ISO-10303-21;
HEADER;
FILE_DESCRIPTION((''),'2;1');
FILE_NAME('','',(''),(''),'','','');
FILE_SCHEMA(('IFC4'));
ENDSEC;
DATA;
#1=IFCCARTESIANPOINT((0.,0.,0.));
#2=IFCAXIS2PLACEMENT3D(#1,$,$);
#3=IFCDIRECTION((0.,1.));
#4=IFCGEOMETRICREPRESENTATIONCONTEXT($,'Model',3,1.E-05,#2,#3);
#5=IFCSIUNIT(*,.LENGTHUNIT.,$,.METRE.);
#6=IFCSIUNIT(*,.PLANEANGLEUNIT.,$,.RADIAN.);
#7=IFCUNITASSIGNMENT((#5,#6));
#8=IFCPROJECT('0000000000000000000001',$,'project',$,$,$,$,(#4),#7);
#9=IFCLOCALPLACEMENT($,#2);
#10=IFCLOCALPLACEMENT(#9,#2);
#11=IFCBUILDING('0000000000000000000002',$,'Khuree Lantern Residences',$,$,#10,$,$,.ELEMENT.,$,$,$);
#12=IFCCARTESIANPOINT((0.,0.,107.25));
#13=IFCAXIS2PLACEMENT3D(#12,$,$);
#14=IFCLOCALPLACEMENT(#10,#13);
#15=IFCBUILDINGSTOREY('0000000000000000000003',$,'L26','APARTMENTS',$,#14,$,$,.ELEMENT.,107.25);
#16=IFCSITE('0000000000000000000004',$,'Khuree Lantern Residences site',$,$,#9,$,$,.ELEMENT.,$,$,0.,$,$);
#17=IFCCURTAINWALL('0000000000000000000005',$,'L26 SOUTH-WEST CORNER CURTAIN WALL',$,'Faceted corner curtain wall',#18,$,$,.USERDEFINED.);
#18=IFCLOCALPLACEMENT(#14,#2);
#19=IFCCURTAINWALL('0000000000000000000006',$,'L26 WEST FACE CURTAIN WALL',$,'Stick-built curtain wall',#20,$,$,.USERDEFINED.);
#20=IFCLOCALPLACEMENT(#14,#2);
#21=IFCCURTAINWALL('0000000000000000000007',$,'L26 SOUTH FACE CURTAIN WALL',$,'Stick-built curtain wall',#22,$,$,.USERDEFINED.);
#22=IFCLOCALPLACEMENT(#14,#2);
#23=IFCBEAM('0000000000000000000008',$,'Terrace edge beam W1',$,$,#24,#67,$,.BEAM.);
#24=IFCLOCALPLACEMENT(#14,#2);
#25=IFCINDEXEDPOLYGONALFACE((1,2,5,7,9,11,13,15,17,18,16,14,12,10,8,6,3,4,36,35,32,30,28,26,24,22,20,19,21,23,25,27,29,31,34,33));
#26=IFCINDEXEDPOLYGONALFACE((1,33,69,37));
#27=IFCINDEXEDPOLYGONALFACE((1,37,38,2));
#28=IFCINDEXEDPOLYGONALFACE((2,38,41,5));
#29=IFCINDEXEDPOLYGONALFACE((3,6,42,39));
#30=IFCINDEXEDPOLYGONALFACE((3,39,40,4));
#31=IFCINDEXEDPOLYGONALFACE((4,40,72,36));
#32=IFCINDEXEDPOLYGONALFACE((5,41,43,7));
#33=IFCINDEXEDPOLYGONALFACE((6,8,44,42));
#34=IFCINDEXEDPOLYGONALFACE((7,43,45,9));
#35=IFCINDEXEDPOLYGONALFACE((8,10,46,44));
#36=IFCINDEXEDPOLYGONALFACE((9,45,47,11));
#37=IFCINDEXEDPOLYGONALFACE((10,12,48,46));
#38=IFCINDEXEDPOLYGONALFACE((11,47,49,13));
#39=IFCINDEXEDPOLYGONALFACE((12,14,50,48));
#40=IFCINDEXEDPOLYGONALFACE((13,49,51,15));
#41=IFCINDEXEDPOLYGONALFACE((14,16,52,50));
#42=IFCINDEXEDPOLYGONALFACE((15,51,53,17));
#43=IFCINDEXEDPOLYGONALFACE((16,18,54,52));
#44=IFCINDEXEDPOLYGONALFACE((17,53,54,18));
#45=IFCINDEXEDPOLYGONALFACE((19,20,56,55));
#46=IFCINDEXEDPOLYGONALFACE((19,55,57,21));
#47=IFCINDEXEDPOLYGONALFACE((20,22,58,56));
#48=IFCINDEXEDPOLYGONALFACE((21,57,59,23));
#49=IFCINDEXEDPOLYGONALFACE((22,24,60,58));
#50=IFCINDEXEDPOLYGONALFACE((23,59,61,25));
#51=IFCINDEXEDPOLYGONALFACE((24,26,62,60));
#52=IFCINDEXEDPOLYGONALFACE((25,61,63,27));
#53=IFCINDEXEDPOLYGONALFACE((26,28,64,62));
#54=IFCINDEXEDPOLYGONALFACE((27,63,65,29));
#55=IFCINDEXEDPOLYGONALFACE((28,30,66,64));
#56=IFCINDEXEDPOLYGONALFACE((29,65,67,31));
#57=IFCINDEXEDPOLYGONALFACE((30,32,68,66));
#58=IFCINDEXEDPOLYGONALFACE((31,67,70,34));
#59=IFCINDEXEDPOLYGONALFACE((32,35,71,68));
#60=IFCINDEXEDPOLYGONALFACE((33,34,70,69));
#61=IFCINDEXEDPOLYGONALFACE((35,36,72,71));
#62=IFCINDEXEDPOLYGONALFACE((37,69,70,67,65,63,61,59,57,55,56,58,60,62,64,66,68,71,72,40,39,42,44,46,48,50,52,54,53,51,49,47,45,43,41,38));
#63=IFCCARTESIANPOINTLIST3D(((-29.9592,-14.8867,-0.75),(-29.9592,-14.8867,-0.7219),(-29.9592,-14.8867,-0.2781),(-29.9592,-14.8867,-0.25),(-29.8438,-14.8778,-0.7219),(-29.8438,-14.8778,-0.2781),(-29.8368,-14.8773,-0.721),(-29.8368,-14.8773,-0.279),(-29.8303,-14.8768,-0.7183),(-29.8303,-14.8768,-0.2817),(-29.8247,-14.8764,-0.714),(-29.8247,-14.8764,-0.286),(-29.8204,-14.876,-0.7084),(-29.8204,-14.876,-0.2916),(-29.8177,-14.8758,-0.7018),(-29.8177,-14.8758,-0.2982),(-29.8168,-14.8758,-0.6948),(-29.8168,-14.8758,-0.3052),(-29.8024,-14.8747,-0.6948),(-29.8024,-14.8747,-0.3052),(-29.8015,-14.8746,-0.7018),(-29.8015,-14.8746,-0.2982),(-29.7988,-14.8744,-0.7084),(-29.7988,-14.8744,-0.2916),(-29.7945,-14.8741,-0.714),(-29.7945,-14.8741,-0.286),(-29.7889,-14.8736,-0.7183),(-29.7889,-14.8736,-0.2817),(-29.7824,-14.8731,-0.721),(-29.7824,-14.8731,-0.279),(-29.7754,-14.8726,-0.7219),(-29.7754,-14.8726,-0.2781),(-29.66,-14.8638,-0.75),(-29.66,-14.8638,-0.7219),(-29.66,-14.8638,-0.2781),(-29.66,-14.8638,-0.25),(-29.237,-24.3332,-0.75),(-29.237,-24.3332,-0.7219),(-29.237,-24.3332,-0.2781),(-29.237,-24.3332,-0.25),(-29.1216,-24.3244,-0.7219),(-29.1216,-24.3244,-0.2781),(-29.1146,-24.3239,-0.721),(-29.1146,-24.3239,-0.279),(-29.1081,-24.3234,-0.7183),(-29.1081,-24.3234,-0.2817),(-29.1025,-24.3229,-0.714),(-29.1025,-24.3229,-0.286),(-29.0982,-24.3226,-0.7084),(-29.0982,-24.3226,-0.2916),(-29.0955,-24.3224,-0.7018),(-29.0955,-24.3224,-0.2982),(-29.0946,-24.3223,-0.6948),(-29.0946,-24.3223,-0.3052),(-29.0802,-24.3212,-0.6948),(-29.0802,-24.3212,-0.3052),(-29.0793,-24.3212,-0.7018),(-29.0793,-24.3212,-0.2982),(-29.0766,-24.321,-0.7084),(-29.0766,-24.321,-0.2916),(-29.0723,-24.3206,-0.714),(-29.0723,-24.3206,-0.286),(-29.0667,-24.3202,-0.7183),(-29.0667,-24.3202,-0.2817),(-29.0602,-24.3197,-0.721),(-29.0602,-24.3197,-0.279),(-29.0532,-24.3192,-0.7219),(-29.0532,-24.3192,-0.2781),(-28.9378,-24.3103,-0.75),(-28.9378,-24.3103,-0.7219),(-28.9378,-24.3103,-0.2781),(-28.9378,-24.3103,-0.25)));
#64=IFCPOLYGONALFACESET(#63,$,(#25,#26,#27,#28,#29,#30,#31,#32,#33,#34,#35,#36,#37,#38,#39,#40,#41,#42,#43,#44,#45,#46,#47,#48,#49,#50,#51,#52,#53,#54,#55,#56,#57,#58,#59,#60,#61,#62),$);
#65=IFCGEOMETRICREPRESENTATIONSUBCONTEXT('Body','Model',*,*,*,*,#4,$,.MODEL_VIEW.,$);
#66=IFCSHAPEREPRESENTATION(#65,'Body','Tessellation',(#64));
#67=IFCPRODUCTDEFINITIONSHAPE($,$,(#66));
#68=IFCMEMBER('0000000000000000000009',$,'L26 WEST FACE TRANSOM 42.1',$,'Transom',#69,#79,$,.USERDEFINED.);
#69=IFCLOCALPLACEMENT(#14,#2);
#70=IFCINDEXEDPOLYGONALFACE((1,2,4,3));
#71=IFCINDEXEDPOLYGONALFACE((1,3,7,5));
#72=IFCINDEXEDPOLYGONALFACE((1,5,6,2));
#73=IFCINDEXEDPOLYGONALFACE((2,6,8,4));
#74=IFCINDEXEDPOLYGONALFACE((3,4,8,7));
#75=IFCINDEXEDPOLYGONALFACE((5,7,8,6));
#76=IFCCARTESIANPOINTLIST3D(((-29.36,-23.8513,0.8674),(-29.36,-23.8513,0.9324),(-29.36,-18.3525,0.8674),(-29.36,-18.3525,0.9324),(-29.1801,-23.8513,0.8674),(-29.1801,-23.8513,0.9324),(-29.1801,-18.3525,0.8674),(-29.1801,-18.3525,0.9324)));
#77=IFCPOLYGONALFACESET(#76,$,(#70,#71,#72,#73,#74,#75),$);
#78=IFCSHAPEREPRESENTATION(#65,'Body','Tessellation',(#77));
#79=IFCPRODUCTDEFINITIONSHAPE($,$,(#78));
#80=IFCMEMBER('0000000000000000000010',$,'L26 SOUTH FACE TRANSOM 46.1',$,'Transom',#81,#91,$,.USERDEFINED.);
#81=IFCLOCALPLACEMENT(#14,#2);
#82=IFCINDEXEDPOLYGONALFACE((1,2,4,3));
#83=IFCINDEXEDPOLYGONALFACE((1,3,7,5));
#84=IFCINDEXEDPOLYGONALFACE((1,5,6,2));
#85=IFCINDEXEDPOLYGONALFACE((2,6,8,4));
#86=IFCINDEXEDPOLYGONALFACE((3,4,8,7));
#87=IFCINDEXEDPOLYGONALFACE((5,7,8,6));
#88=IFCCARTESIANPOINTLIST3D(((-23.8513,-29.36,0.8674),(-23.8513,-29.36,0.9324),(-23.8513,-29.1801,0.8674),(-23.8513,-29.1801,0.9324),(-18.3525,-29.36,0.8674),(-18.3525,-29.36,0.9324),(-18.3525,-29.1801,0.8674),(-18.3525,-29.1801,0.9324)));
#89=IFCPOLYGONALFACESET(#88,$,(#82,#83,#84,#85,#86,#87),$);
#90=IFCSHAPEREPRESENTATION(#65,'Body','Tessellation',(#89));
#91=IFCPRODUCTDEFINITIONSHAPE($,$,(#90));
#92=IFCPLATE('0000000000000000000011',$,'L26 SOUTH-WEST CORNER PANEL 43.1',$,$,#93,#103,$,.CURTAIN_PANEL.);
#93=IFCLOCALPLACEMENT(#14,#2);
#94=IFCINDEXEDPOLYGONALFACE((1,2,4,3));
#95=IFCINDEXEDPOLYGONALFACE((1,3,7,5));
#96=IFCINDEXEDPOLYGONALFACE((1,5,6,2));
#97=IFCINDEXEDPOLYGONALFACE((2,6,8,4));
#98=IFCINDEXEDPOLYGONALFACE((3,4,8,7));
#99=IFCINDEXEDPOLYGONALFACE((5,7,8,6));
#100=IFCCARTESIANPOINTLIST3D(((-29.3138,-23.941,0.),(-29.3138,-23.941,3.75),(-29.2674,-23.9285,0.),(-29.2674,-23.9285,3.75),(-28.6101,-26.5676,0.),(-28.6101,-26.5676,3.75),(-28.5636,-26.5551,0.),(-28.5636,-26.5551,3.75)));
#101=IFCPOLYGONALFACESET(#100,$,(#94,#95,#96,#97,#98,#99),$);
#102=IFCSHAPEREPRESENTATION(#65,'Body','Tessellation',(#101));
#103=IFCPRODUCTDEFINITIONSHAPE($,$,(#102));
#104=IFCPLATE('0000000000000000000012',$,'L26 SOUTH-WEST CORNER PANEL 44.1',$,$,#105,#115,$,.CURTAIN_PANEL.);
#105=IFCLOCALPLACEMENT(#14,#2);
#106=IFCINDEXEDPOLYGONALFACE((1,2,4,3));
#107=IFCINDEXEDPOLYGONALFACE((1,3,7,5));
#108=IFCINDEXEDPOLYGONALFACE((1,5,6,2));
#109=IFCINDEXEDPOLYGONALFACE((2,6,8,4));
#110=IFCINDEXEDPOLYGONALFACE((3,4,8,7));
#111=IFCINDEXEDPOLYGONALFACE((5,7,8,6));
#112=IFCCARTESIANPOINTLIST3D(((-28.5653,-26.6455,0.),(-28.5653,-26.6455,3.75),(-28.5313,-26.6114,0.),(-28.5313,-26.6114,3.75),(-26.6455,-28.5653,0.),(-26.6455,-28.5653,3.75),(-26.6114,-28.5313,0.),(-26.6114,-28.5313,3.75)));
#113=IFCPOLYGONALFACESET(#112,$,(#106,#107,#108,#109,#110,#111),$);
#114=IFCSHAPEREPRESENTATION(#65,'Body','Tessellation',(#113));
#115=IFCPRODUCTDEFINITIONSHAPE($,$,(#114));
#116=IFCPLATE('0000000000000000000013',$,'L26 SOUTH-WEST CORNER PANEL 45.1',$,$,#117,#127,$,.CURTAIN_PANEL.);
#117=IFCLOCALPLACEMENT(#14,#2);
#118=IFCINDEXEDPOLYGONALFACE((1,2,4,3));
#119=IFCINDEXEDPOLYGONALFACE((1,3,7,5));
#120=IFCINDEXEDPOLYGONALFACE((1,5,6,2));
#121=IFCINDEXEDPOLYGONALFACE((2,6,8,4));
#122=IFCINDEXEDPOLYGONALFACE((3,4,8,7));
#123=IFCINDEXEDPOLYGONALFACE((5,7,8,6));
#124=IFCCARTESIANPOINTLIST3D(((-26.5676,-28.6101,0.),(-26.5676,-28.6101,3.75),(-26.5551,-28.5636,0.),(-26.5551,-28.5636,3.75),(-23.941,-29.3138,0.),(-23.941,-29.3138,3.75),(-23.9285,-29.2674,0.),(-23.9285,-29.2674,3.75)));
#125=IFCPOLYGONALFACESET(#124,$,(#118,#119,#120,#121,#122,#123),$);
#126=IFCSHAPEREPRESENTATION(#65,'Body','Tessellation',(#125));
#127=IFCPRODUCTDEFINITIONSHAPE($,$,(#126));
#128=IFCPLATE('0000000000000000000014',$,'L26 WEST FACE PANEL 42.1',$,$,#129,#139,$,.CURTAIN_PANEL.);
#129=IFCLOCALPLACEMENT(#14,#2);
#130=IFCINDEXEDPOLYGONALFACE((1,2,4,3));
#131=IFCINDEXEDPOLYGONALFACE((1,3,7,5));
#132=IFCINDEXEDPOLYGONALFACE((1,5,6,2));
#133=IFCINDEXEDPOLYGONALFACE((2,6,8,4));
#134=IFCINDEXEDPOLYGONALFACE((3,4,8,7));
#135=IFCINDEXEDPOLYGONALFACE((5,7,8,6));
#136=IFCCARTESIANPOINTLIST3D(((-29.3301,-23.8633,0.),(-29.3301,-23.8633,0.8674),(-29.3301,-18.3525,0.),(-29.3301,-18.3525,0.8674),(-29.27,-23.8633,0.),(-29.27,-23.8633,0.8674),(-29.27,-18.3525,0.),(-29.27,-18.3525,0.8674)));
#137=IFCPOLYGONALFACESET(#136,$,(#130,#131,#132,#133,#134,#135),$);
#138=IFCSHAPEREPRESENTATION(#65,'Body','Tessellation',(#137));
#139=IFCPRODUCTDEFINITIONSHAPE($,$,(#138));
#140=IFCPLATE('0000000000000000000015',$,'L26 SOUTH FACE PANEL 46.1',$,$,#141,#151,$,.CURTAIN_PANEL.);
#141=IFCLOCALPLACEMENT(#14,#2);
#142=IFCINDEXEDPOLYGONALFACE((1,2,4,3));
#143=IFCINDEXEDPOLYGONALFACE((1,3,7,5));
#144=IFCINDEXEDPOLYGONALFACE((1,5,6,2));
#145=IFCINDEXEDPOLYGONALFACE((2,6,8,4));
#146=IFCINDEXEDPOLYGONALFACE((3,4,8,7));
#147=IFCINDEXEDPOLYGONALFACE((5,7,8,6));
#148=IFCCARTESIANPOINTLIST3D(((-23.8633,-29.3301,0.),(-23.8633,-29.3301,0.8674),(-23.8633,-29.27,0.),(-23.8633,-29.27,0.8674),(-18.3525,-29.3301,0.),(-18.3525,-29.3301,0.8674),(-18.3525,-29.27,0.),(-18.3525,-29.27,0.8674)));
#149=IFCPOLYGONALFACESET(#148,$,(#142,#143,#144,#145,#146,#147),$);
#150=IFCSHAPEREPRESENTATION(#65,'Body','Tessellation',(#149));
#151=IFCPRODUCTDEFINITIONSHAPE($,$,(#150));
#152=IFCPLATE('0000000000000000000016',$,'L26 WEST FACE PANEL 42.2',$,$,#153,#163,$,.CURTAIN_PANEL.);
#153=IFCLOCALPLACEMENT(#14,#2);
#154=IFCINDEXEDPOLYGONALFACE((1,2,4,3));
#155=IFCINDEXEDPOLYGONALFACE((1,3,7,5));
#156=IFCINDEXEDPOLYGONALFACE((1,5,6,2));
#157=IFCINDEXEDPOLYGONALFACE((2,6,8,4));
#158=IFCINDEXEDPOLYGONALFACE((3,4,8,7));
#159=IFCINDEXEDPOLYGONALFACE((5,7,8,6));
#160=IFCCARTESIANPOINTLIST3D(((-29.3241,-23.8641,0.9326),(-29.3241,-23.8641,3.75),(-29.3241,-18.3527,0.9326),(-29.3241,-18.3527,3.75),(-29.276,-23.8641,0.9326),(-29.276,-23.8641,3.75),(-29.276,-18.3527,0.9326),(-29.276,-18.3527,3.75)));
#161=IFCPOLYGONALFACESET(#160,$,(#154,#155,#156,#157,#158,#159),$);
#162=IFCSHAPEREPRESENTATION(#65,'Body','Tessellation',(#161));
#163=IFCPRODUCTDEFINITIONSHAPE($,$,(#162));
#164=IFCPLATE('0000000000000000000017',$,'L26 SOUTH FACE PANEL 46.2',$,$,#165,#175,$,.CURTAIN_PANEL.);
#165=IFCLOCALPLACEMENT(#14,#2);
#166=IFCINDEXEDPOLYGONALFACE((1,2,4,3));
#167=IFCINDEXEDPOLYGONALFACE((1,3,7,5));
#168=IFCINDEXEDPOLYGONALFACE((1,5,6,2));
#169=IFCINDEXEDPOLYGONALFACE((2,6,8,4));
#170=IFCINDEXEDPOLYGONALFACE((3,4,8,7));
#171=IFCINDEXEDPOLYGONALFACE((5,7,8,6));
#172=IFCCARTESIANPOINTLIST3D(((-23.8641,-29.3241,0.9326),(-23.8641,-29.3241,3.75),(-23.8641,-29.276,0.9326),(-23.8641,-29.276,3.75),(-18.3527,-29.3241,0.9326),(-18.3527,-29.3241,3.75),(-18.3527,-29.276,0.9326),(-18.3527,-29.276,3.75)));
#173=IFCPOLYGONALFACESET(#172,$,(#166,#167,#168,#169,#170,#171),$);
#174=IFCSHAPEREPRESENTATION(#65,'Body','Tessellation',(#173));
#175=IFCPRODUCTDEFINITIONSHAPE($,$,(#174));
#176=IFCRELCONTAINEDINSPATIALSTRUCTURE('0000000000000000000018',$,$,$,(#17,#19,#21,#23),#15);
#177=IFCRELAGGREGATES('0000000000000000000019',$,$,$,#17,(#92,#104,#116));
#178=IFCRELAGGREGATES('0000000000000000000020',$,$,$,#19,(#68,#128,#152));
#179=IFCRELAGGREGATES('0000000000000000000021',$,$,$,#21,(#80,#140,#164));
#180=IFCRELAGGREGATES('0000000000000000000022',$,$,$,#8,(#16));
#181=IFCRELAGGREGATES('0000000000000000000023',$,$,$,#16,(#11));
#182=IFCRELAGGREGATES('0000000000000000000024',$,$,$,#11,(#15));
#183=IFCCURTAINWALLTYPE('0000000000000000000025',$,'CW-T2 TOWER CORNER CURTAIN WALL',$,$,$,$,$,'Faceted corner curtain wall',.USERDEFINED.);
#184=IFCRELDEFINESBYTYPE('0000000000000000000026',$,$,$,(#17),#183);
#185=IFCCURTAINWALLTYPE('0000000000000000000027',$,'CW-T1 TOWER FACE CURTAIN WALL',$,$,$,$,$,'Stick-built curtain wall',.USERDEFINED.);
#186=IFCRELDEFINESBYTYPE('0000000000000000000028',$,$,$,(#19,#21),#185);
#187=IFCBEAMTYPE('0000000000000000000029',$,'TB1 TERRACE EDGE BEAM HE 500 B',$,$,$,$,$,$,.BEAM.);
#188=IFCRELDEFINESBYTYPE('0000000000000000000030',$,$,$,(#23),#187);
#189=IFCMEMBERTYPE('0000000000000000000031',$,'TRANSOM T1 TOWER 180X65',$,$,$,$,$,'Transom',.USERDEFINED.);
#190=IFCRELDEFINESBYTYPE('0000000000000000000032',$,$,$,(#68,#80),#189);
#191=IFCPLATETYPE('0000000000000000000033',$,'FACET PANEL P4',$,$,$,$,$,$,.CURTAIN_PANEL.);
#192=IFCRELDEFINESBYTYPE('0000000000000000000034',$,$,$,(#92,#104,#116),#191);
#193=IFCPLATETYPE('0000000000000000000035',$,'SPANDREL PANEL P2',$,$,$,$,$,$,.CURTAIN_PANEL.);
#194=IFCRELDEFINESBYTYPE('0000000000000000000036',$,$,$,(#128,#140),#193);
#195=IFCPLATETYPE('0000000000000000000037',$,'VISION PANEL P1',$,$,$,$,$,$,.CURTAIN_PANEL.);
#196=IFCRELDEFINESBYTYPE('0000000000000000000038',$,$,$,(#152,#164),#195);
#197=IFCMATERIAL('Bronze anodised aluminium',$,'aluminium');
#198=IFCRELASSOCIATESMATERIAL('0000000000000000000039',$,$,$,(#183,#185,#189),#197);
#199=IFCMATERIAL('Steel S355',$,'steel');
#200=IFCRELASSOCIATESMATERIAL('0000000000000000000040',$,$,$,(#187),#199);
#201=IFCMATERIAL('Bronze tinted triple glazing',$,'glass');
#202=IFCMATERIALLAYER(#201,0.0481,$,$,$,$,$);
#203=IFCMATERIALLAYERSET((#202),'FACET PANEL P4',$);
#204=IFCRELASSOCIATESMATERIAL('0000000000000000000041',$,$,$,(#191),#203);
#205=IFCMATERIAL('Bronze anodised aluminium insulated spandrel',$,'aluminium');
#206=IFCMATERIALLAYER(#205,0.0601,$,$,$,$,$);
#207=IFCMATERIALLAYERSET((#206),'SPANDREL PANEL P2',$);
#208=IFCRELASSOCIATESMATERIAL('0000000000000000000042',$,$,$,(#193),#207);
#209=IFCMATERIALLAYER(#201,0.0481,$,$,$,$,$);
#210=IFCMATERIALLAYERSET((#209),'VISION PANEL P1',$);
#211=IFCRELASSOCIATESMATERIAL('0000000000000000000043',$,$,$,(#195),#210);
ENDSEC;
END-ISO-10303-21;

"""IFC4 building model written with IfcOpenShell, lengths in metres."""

from ifc_helpers import new_model, si_unit, direction, frame, origin, origin_2d, place, context, subcontext, project, spatial, rectangle, i_section, extrude, material, layer, layer_set, material_profile, profile_set, type_object, element, aggregate, save


model = new_model("IFC4")

# Units and contexts
model_context = context("Model", 3, precision=1e-05, world=origin(), true_north=direction((0.0, 1.0)))
body_context = subcontext(model_context, "Body", "Model", "MODEL_VIEW")
ifc_project = project(units=[si_unit("LENGTHUNIT", "METRE"), si_unit("PLANEANGLEUNIT", "RADIAN")], contexts=[model_context])

# Site, building, storey
site_placement = place(None, origin())
site = spatial("IfcSite", under=ifc_project, at=site_placement, Name="Khuree Lantern Residences site", CompositionType="ELEMENT", RefElevation=0.0)
building_placement = place(site_placement, origin())
building = spatial("IfcBuilding", under=site, at=building_placement, Name="Khuree Lantern Residences", CompositionType="ELEMENT")
storey_placement = place(building_placement, frame((0.0, 0.0, 107.25)))
storey = spatial("IfcBuildingStorey", under=building, at=storey_placement, Name="L26", Description="APARTMENTS", CompositionType="ELEMENT", Elevation=107.25)

# Shared definitions
ifc_material_1 = material(Name="Steel S355", Category="steel")

# Curtain wall
ifc_material_2 = material(Name="Bronze anodised aluminium", Category="aluminium")
curtain_wall_type_1 = type_object("IfcCurtainWallType", Name="CW-T2 TOWER CORNER CURTAIN WALL", ElementType="Faceted corner curtain wall", PredefinedType="USERDEFINED", material=ifc_material_2)
curtain_wall_1_placement = place(storey_placement, origin())
curtain_wall_1 = element("IfcCurtainWall", 1, at=curtain_wall_1_placement, inside=storey, type_object=curtain_wall_type_1, Name="L26 SOUTH-WEST CORNER CURTAIN WALL", ObjectType="Faceted corner curtain wall", PredefinedType="USERDEFINED")

# Curtain wall
curtain_wall_type_2 = type_object("IfcCurtainWallType", Name="CW-T1 TOWER FACE CURTAIN WALL", ElementType="Stick-built curtain wall", PredefinedType="USERDEFINED", material=ifc_material_2)
curtain_wall_2_placement = place(storey_placement, origin())
curtain_wall_2 = element("IfcCurtainWall", 2, at=curtain_wall_2_placement, inside=storey, type_object=curtain_wall_type_2, Name="L26 WEST FACE CURTAIN WALL", ObjectType="Stick-built curtain wall", PredefinedType="USERDEFINED")

# Curtain wall
curtain_wall_3_placement = place(storey_placement, origin())
curtain_wall_3 = element("IfcCurtainWall", 3, at=curtain_wall_3_placement, inside=storey, type_object=curtain_wall_type_2, Name="L26 SOUTH FACE CURTAIN WALL", ObjectType="Stick-built curtain wall", PredefinedType="USERDEFINED")

# Beam
ifc_material_profile_1 = material_profile(ifc_material_1, i_section(OverallWidth=0.3, OverallDepth=0.5, WebThickness=0.0144, FlangeThickness=0.0281, FilletRadius=0.0271, at=origin_2d()), Name="HE 500 B")
ifc_profile_set_1 = profile_set([ifc_material_profile_1], Name="Steel S355")
beam_type_1 = type_object("IfcBeamType", Name="TB1 TERRACE EDGE BEAM HE 500 B", PredefinedType="BEAM", material=ifc_profile_set_1)
beam_1_placement = place(storey_placement, frame((-29.0874, -24.3218, -0.5), z_axis=(-0.076226, 0.997091, 0.0), x_axis=(-0.997091, -0.076226, 0.0)))
element("IfcBeam", 4, at=beam_1_placement, inside=storey, type_object=beam_type_1, Name="Terrace edge beam W1", PredefinedType="BEAM", context=body_context, shape_type="SweptSolid", body=[
    extrude(i_section(OverallWidth=0.3, OverallDepth=0.5, WebThickness=0.0144, FlangeThickness=0.0281, FilletRadius=0.0271, at=origin_2d()), origin(), (0.0, 0.0, 1.0), 9.4741),
])

# Members
ifc_material_profile_2 = material_profile(ifc_material_2, rectangle(XDim=0.1799, YDim=0.0649, at=origin_2d()), Name="T1 180X65")
ifc_profile_set_2 = profile_set([ifc_material_profile_2], Name="Bronze anodised aluminium")
member_type_1 = type_object("IfcMemberType", Name="TRANSOM T1 TOWER 180X65", ElementType="Transom", PredefinedType="USERDEFINED", material=ifc_profile_set_2)
member_1_placement = place(storey_placement, frame((-29.27, -18.3525, 0.8999), z_axis=(0.0, -1.0, 0.0), x_axis=(1.0, 0.0, 0.0)))
member_1 = element("IfcMember", 5, at=member_1_placement, type_object=member_type_1, Name="L26 WEST FACE TRANSOM 42.1", ObjectType="Transom", PredefinedType="USERDEFINED", context=body_context, shape_type="SweptSolid", body=[
    extrude(rectangle(XDim=0.1799, YDim=0.0649, at=origin_2d()), origin(), (0.0, 0.0, 1.0), 5.4988),
])
member_2_placement = place(storey_placement, frame((-23.8513, -29.27, 0.8999), z_axis=(1.0, 0.0, 0.0), x_axis=(0.0, 1.0, 0.0)))
member_2 = element("IfcMember", 6, at=member_2_placement, type_object=member_type_1, Name="L26 SOUTH FACE TRANSOM 46.1", ObjectType="Transom", PredefinedType="USERDEFINED", context=body_context, shape_type="SweptSolid", body=[
    extrude(rectangle(XDim=0.1799, YDim=0.0649, at=origin_2d()), origin(), (0.0, 0.0, 1.0), 5.4988),
])

# Plates
ifc_material_3 = material(Name="Bronze tinted triple glazing", Category="glass")
ifc_layer_1 = layer(ifc_material_3, 0.0481)
ifc_layer_set_1 = layer_set([ifc_layer_1], Name="FACET PANEL P4")
plate_type_1 = type_object("IfcPlateType", Name="FACET PANEL P4", PredefinedType="CURTAIN_PANEL", material=ifc_layer_set_1)
plate_1_placement = place(storey_placement, frame((-28.9387, -25.248, 0.0), z_axis=(0.0, 0.0, 1.0), x_axis=(0.258819, -0.965926, 0.0)))
plate_1 = element("IfcPlate", 7, at=plate_1_placement, type_object=plate_type_1, Name="L26 SOUTH-WEST CORNER PANEL 43.1", PredefinedType="CURTAIN_PANEL", context=body_context, shape_type="SweptSolid", body=[
    extrude(rectangle(XDim=2.7192, YDim=0.0481, at=origin_2d()), origin(), (0.0, 0.0, 1.0), 3.75),
])
plate_2_placement = place(storey_placement, frame((-27.5884, -27.5884, 0.0), z_axis=(0.0, 0.0, 1.0), x_axis=(0.707107, -0.707107, 0.0)))
plate_2 = element("IfcPlate", 8, at=plate_2_placement, type_object=plate_type_1, Name="L26 SOUTH-WEST CORNER PANEL 44.1", PredefinedType="CURTAIN_PANEL", context=body_context, shape_type="SweptSolid", body=[
    extrude(rectangle(XDim=2.7151, YDim=0.0481, at=origin_2d()), origin(), (0.0, 0.0, 1.0), 3.75),
])
plate_3_placement = place(storey_placement, frame((-25.248, -28.9387, 0.0), z_axis=(0.0, 0.0, 1.0), x_axis=(0.965926, -0.258819, 0.0)))
plate_3 = element("IfcPlate", 9, at=plate_3_placement, type_object=plate_type_1, Name="L26 SOUTH-WEST CORNER PANEL 45.1", PredefinedType="CURTAIN_PANEL", context=body_context, shape_type="SweptSolid", body=[
    extrude(rectangle(XDim=2.7192, YDim=0.0481, at=origin_2d()), origin(), (0.0, 0.0, 1.0), 3.75),
])
aggregate(curtain_wall_1, [plate_1, plate_2, plate_3])
ifc_material_4 = material(Name="Bronze anodised aluminium insulated spandrel", Category="aluminium")
ifc_layer_2 = layer(ifc_material_4, 0.0601)
ifc_layer_set_2 = layer_set([ifc_layer_2], Name="SPANDREL PANEL P2")
plate_type_2 = type_object("IfcPlateType", Name="SPANDREL PANEL P2", PredefinedType="CURTAIN_PANEL", material=ifc_layer_set_2)
plate_4_placement = place(storey_placement, frame((-29.3, -21.1079, 0.0), z_axis=(0.0, 0.0, 1.0), x_axis=(0.0, -1.0, 0.0)))
plate_4 = element("IfcPlate", 10, at=plate_4_placement, type_object=plate_type_2, Name="L26 WEST FACE PANEL 42.1", PredefinedType="CURTAIN_PANEL", context=body_context, shape_type="SweptSolid", body=[
    extrude(rectangle(XDim=5.5107, YDim=0.0601, at=origin_2d()), origin(), (0.0, 0.0, 1.0), 0.8674),
])
plate_5_placement = place(storey_placement, frame((-21.1079, -29.3, 0.0), z_axis=(0.0, 0.0, 1.0), x_axis=(1.0, 0.0, 0.0)))
plate_5 = element("IfcPlate", 11, at=plate_5_placement, type_object=plate_type_2, Name="L26 SOUTH FACE PANEL 46.1", PredefinedType="CURTAIN_PANEL", context=body_context, shape_type="SweptSolid", body=[
    extrude(rectangle(XDim=5.5107, YDim=0.0601, at=origin_2d()), origin(), (0.0, 0.0, 1.0), 0.8674),
])
ifc_layer_3 = layer(ifc_material_3, 0.0481)
ifc_layer_set_3 = layer_set([ifc_layer_3], Name="VISION PANEL P1")
plate_type_3 = type_object("IfcPlateType", Name="VISION PANEL P1", PredefinedType="CURTAIN_PANEL", material=ifc_layer_set_3)
plate_6_placement = place(storey_placement, frame((-29.3, -21.1084, 0.9326), z_axis=(0.0, 0.0, 1.0), x_axis=(0.0, -1.0, 0.0)))
plate_6 = element("IfcPlate", 12, at=plate_6_placement, type_object=plate_type_3, Name="L26 WEST FACE PANEL 42.2", PredefinedType="CURTAIN_PANEL", context=body_context, shape_type="SweptSolid", body=[
    extrude(rectangle(XDim=5.5115, YDim=0.0481, at=origin_2d()), origin(), (0.0, 0.0, 1.0), 2.8174),
])
aggregate(curtain_wall_2, [member_1, plate_4, plate_6])
plate_7_placement = place(storey_placement, frame((-21.1084, -29.3, 0.9326), z_axis=(0.0, 0.0, 1.0), x_axis=(1.0, 0.0, 0.0)))
plate_7 = element("IfcPlate", 13, at=plate_7_placement, type_object=plate_type_3, Name="L26 SOUTH FACE PANEL 46.2", PredefinedType="CURTAIN_PANEL", context=body_context, shape_type="SweptSolid", body=[
    extrude(rectangle(XDim=5.5115, YDim=0.0481, at=origin_2d()), origin(), (0.0, 0.0, 1.0), 2.8174),
])
aggregate(curtain_wall_3, [member_2, plate_5, plate_7])

save(model, "model.ifc")
